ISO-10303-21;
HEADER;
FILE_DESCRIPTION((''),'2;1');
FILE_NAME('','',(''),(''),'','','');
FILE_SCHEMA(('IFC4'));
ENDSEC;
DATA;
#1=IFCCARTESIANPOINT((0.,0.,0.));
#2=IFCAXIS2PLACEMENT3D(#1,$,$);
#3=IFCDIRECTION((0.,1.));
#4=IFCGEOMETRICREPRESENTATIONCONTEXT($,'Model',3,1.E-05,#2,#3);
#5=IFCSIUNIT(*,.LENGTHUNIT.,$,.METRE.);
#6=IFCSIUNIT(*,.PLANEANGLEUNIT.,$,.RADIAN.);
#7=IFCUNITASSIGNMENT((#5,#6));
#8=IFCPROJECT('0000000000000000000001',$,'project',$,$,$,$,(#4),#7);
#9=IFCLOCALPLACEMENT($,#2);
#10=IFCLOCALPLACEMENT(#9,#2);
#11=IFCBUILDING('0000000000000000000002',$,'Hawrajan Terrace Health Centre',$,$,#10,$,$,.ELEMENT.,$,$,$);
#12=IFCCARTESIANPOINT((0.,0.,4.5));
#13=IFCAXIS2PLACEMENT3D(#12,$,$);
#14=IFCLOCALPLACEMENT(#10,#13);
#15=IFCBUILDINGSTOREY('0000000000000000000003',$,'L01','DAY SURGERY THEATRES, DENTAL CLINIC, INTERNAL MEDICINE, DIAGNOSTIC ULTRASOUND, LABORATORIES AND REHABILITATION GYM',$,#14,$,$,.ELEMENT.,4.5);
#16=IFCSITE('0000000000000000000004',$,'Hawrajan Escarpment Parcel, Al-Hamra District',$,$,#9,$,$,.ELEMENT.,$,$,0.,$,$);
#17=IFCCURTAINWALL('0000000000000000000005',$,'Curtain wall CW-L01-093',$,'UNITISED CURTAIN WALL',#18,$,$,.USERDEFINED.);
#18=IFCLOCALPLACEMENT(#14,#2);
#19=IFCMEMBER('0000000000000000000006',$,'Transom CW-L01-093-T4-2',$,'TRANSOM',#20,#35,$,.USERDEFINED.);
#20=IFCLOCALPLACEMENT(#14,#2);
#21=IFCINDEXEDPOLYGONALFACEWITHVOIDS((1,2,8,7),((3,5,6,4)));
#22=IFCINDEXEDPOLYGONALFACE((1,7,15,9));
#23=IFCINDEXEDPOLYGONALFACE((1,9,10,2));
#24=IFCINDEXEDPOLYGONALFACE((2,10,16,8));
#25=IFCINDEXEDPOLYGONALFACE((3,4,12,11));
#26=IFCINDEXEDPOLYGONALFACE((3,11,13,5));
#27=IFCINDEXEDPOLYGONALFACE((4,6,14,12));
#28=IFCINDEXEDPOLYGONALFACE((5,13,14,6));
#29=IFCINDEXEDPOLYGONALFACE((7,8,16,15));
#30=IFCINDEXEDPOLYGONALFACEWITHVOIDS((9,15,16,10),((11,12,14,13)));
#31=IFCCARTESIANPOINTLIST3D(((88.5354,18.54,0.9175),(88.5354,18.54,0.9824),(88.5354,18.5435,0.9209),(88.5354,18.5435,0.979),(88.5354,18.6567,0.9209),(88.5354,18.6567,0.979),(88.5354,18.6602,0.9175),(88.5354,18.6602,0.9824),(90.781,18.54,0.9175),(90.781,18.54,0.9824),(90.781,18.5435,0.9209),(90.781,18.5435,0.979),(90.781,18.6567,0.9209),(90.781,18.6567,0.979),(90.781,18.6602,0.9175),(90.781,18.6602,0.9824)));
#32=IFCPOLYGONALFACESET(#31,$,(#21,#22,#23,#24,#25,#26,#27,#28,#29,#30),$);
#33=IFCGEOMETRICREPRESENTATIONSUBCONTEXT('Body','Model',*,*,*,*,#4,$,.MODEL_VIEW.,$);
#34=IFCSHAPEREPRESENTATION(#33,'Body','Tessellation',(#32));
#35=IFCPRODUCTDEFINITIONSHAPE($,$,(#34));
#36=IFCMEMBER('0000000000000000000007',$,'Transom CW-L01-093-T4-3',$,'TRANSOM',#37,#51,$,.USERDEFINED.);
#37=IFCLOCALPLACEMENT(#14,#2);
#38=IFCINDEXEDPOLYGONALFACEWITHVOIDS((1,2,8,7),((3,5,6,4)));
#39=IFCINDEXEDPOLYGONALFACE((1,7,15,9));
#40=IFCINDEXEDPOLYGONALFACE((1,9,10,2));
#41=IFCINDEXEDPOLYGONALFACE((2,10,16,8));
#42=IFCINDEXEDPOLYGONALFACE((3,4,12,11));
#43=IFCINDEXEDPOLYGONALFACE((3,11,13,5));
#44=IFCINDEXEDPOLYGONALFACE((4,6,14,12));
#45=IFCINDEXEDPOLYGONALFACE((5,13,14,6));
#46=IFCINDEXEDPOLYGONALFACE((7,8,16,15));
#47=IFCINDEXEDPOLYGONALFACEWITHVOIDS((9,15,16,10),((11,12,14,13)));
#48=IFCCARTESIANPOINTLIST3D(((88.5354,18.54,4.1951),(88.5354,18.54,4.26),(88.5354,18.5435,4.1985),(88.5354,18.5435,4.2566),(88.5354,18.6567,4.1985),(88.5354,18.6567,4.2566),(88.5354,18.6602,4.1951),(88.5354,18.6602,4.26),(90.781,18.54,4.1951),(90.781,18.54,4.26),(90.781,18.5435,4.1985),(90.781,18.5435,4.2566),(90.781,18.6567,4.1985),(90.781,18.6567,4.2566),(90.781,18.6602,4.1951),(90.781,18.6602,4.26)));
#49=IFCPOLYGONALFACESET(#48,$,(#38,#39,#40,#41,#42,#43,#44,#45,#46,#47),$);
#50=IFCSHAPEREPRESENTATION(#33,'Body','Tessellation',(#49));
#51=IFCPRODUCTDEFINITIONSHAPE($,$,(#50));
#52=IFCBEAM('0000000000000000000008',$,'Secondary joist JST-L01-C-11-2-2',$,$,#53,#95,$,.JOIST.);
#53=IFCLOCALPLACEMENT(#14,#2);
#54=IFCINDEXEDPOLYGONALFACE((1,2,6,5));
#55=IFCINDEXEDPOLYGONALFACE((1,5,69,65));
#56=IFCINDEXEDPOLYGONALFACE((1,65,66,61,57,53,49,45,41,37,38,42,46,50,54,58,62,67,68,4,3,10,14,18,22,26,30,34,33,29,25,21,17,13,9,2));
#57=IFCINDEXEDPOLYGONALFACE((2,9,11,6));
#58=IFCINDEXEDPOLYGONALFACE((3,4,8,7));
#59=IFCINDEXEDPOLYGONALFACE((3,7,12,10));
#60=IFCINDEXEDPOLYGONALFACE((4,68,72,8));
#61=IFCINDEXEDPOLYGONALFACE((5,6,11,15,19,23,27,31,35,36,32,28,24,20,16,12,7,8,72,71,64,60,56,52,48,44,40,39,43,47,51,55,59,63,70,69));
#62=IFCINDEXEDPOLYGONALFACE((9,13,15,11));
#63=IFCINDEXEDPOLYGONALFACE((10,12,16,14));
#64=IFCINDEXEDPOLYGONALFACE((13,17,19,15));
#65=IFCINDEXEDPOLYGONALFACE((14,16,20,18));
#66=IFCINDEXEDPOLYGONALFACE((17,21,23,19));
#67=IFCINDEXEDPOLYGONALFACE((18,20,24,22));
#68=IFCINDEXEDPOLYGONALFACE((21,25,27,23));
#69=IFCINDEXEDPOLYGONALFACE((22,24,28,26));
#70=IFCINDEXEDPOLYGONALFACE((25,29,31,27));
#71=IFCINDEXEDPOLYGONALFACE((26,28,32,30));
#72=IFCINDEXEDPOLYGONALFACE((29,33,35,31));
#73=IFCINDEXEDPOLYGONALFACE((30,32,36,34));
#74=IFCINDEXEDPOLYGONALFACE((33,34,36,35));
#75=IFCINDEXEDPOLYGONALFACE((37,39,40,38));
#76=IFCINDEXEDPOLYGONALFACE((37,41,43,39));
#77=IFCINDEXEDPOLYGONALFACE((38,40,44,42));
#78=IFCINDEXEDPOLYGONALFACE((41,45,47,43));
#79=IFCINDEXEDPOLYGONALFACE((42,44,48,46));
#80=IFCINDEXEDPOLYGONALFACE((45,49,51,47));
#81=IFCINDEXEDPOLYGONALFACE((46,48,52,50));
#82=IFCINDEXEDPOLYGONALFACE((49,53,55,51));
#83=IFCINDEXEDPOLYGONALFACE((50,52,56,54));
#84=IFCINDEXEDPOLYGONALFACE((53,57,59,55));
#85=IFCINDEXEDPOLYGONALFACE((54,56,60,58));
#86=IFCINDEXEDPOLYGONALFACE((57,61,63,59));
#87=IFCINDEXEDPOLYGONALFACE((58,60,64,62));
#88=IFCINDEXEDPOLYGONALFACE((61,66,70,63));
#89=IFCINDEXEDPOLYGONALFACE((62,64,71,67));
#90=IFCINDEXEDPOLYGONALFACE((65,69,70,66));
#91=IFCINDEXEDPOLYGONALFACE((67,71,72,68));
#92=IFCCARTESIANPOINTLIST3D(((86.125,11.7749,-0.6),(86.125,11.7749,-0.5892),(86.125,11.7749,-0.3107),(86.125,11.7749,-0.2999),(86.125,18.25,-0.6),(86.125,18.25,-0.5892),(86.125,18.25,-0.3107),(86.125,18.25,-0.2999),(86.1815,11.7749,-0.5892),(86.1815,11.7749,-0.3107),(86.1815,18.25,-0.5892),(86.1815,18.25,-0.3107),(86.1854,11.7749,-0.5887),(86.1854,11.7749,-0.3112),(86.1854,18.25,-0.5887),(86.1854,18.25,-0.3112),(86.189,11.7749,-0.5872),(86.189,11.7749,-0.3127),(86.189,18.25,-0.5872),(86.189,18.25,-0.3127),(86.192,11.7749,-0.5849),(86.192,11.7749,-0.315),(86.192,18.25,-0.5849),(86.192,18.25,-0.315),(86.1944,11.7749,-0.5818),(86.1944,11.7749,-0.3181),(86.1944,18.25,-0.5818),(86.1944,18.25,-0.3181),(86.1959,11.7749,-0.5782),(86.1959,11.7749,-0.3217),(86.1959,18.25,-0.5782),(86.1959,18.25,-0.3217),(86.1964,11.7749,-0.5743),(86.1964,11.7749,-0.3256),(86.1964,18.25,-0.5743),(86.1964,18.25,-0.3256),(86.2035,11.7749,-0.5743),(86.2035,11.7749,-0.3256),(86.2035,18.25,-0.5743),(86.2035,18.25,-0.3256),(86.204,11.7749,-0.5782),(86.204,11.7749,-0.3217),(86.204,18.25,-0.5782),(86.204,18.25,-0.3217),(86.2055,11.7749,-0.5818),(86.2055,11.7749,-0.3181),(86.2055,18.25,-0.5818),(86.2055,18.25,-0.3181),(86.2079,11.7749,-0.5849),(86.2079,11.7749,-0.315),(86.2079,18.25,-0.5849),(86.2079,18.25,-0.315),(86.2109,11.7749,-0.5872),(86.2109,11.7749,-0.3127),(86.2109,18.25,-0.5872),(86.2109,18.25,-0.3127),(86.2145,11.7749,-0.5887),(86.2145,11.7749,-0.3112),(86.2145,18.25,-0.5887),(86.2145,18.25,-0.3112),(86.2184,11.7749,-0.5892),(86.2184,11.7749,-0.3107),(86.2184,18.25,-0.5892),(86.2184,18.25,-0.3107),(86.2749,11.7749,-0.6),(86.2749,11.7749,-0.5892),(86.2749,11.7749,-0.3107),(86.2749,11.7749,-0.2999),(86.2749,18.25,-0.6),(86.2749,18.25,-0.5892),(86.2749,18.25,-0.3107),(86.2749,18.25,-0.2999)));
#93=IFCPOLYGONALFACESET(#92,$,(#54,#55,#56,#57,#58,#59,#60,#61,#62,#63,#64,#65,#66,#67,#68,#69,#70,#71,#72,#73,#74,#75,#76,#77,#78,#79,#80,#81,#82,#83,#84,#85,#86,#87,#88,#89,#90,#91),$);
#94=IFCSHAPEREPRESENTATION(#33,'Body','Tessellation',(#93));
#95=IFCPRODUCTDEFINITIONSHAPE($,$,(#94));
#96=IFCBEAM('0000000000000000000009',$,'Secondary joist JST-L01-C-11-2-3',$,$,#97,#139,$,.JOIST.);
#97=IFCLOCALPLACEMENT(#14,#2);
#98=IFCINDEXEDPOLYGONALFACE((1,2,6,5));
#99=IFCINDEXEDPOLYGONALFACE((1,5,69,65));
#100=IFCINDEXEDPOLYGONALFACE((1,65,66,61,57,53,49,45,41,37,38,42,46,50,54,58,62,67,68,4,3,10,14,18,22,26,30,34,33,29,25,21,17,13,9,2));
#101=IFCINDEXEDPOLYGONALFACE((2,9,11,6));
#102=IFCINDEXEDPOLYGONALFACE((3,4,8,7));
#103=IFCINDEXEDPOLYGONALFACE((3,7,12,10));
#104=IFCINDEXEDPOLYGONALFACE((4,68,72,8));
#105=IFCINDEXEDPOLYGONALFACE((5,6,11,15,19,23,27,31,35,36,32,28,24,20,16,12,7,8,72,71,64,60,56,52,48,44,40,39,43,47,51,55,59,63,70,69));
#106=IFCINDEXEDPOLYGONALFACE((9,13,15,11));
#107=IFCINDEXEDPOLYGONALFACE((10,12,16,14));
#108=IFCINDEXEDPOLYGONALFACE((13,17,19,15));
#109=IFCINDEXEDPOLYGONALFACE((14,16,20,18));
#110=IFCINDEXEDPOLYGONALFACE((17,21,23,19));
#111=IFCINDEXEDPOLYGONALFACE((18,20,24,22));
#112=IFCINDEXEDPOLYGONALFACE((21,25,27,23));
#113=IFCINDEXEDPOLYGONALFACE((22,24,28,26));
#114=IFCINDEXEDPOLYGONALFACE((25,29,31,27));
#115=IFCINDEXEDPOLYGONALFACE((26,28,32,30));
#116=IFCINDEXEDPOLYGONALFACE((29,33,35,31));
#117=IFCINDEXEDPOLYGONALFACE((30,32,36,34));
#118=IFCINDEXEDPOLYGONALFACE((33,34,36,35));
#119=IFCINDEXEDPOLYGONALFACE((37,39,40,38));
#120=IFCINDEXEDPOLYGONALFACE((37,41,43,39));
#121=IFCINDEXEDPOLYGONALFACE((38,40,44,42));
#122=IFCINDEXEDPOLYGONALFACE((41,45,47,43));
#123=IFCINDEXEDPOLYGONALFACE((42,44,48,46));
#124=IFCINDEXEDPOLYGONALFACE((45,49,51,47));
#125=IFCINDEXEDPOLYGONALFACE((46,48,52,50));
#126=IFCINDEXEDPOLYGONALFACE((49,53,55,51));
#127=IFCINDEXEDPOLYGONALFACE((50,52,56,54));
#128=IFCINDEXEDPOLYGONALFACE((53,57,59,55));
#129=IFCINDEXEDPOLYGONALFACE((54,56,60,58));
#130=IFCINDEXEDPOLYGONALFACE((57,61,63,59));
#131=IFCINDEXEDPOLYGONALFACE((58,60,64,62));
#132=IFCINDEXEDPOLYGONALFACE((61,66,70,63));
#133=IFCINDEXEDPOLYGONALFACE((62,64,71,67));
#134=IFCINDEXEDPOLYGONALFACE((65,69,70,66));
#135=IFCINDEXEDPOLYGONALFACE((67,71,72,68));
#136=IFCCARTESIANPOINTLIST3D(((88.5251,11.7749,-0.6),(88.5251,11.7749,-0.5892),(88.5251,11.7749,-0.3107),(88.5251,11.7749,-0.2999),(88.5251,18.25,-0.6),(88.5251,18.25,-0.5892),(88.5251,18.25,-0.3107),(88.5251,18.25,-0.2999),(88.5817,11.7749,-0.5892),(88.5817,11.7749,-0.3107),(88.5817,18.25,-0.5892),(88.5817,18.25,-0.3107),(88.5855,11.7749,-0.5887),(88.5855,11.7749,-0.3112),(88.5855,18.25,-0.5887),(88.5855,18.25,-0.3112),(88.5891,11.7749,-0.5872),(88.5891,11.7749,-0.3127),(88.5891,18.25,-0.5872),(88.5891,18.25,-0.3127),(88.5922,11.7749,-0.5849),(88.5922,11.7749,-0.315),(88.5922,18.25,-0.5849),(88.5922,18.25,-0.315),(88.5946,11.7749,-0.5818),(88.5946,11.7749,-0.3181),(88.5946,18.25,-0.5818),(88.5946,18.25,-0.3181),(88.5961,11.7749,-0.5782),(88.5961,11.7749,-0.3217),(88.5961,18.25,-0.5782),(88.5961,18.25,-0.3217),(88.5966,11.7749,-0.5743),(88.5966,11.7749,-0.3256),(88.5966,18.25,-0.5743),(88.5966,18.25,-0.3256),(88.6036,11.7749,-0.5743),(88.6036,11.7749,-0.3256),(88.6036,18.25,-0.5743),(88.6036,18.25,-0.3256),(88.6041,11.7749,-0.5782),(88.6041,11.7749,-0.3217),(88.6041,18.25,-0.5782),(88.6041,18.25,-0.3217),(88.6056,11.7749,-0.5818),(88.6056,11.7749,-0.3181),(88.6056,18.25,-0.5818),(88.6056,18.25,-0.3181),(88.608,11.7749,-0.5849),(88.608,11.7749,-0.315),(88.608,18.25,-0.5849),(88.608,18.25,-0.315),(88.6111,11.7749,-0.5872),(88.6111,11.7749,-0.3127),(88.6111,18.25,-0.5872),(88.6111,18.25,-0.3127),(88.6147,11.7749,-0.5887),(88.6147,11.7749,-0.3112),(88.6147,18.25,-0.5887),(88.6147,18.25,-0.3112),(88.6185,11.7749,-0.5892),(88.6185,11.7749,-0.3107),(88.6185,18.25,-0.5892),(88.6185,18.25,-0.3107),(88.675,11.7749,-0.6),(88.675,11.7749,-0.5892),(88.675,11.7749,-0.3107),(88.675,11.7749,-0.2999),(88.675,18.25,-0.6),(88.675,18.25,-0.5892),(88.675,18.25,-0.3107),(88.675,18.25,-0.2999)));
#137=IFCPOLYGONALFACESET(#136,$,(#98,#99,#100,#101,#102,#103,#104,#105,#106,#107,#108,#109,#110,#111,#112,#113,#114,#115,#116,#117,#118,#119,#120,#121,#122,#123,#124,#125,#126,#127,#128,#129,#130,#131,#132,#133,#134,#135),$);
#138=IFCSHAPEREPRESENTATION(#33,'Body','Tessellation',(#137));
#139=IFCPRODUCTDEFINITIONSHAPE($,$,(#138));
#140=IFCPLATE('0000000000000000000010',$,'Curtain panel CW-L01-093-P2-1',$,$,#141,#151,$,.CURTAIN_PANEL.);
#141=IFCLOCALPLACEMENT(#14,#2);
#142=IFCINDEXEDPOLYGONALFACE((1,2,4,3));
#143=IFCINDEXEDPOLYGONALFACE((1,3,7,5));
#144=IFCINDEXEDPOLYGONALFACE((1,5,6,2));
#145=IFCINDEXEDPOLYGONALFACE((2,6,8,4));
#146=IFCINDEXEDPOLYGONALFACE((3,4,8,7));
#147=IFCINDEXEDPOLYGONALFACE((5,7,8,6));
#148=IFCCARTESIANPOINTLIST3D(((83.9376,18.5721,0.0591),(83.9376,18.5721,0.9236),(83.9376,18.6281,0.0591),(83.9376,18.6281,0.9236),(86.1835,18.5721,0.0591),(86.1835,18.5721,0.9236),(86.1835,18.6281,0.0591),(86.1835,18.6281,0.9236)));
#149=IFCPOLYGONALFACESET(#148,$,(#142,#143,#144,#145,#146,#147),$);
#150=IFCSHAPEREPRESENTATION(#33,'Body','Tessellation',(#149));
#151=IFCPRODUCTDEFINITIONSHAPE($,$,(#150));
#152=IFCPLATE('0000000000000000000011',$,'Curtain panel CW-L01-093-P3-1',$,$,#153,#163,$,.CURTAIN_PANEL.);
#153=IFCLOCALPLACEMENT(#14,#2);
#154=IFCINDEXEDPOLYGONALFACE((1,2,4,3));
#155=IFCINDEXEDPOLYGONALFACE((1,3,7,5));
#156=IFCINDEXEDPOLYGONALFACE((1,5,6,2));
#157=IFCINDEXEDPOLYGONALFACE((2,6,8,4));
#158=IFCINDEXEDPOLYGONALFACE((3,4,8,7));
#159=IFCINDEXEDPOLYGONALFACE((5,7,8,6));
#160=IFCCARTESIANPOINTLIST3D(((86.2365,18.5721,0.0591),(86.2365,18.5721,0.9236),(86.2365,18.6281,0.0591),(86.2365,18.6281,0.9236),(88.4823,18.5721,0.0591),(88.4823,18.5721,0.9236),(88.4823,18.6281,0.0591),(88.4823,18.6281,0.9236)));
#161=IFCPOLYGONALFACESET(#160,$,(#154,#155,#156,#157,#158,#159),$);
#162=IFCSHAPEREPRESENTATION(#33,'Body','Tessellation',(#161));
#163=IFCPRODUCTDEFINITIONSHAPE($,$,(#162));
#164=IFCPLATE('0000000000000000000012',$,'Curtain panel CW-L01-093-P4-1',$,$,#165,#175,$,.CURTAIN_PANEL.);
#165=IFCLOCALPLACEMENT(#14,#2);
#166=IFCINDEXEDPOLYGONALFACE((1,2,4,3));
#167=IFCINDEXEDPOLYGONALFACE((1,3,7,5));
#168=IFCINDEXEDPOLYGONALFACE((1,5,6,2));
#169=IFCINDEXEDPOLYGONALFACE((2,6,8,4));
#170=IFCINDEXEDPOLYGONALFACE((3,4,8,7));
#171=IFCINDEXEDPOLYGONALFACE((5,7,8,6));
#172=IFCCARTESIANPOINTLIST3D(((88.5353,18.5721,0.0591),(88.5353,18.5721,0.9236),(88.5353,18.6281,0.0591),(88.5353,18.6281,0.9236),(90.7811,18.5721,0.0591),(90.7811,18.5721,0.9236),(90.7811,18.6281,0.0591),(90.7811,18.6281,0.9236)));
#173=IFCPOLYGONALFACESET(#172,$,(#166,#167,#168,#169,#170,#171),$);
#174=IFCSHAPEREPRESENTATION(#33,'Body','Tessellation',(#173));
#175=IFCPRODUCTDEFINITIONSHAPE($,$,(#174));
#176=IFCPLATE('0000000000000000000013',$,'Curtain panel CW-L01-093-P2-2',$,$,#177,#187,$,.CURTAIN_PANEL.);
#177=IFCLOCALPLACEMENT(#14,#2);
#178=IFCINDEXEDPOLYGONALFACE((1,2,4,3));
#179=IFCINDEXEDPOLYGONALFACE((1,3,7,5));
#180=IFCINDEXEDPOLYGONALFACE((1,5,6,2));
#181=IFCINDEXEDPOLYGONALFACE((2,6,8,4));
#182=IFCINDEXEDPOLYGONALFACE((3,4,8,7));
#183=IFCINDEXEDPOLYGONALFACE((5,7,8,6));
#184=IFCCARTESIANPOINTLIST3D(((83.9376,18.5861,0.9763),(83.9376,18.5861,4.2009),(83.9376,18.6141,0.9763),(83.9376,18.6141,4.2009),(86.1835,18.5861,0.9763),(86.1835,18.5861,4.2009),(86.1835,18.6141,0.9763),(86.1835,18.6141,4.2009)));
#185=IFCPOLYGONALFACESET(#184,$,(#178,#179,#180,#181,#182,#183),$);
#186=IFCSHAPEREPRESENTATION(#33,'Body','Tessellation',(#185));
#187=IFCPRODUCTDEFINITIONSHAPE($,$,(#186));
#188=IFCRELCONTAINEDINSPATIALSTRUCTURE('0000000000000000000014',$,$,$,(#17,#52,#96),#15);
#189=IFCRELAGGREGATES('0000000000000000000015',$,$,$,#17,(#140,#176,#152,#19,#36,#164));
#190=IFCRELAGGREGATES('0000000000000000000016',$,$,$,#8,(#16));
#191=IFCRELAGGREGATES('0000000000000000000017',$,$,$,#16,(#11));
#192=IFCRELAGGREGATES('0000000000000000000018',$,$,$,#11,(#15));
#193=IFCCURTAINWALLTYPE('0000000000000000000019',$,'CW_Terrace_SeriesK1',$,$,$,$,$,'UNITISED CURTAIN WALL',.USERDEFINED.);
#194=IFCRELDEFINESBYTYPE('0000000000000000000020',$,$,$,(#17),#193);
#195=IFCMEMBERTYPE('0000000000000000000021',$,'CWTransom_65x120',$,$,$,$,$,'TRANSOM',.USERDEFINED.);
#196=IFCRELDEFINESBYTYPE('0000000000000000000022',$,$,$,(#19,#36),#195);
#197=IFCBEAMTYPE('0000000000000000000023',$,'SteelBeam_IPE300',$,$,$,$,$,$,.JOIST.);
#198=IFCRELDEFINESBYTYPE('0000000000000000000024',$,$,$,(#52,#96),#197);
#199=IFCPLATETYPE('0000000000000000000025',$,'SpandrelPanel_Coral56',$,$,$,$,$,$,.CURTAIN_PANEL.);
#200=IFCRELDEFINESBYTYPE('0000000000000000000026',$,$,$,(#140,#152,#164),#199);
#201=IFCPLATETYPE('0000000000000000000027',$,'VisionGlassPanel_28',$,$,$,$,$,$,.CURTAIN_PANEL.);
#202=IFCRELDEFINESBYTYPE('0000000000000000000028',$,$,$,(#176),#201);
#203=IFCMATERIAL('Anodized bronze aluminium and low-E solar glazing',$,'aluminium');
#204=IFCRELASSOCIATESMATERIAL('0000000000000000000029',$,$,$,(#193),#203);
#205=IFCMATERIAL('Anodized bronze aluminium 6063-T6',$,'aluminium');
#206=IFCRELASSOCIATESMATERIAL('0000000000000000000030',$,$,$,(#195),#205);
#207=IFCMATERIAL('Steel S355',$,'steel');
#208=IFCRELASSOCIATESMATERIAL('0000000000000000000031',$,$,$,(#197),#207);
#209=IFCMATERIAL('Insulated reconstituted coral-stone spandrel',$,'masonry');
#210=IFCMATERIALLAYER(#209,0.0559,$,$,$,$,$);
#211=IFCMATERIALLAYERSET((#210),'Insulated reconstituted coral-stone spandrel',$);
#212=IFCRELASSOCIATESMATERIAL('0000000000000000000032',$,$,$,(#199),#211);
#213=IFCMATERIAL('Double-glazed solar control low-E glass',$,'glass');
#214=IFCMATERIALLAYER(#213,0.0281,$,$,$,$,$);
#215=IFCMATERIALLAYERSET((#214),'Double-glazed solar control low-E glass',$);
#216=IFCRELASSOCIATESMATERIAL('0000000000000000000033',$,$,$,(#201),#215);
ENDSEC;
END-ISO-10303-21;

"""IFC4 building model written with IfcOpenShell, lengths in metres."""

from ifc_helpers import new_model, si_unit, direction, frame, origin, origin_2d, place, context, subcontext, project, spatial, rectangle, hollow_rectangle, i_section, extrude, material, layer, layer_set, material_profile, profile_set, type_object, element, aggregate, save


model = new_model("IFC4")

# Units and contexts
model_context = context("Model", 3, precision=1e-05, world=origin(), true_north=direction((0.0, 1.0)))
body_context = subcontext(model_context, "Body", "Model", "MODEL_VIEW")
ifc_project = project(units=[si_unit("LENGTHUNIT", "METRE"), si_unit("PLANEANGLEUNIT", "RADIAN")], contexts=[model_context])

# Site, building, storey
site_placement = place(None, origin())
site = spatial("IfcSite", under=ifc_project, at=site_placement, Name="Hawrajan Escarpment Parcel, Al-Hamra District", CompositionType="ELEMENT", RefElevation=0.0)
building_placement = place(site_placement, origin())
building = spatial("IfcBuilding", under=site, at=building_placement, Name="Hawrajan Terrace Health Centre", CompositionType="ELEMENT")
storey_placement = place(building_placement, frame((0.0, 0.0, 4.5)))
storey = spatial("IfcBuildingStorey", under=building, at=storey_placement, Name="L01", Description="DAY SURGERY THEATRES, DENTAL CLINIC, INTERNAL MEDICINE, DIAGNOSTIC ULTRASOUND, LABORATORIES AND REHABILITATION GYM", CompositionType="ELEMENT", Elevation=4.5)

# Curtain wall, members
ifc_material_1 = material(Name="Anodized bronze aluminium and low-E solar glazing", Category="aluminium")
curtain_wall_type = type_object("IfcCurtainWallType", Name="CW_Terrace_SeriesK1", ElementType="UNITISED CURTAIN WALL", PredefinedType="USERDEFINED", material=ifc_material_1)
curtain_wall_placement = place(storey_placement, origin())
curtain_wall = element("IfcCurtainWall", 1, at=curtain_wall_placement, inside=storey, type_object=curtain_wall_type, Name="Curtain wall CW-L01-093", ObjectType="UNITISED CURTAIN WALL", PredefinedType="USERDEFINED")
ifc_material_2 = material(Name="Anodized bronze aluminium 6063-T6", Category="aluminium")
ifc_material_profile_1 = material_profile(ifc_material_2, hollow_rectangle(XDim=0.0649, YDim=0.1201, WallThickness=0.0034, at=origin_2d()), Name="CW TRN 65x120")
ifc_profile_set_1 = profile_set([ifc_material_profile_1], Name="Anodized bronze aluminium 6063-T6")
member_type_1 = type_object("IfcMemberType", Name="CWTransom_65x120", ElementType="TRANSOM", PredefinedType="USERDEFINED", material=ifc_profile_set_1)
member_1_placement = place(storey_placement, frame((88.5354, 18.6001, 0.95), z_axis=(1.0, 0.0, 0.0), x_axis=(0.0, 0.0, 1.0)))
member_1 = element("IfcMember", 2, at=member_1_placement, type_object=member_type_1, Name="Transom CW-L01-093-T4-2", ObjectType="TRANSOM", PredefinedType="USERDEFINED", context=body_context, shape_type="SweptSolid", body=[
    extrude(hollow_rectangle(XDim=0.0649, YDim=0.1201, WallThickness=0.0034, at=origin_2d()), origin(), (0.0, 0.0, 1.0), 2.2456),
])
member_2_placement = place(storey_placement, frame((88.5354, 18.6001, 4.2275), z_axis=(1.0, 0.0, 0.0), x_axis=(0.0, 0.0, 1.0)))
member_2 = element("IfcMember", 3, at=member_2_placement, type_object=member_type_1, Name="Transom CW-L01-093-T4-3", ObjectType="TRANSOM", PredefinedType="USERDEFINED", context=body_context, shape_type="SweptSolid", body=[
    extrude(hollow_rectangle(XDim=0.0649, YDim=0.1201, WallThickness=0.0034, at=origin_2d()), origin(), (0.0, 0.0, 1.0), 2.2456),
])

# Beams
ifc_material_3 = material(Name="Steel S355", Category="steel")
ifc_material_profile_2 = material_profile(ifc_material_3, i_section(OverallWidth=0.1499, OverallDepth=0.3, WebThickness=0.0071, FlangeThickness=0.0107, FilletRadius=0.0149, at=origin_2d()), Name="IPE 300")
ifc_profile_set_2 = profile_set([ifc_material_profile_2], Name="Steel S355")
beam_type = type_object("IfcBeamType", Name="SteelBeam_IPE300", PredefinedType="JOIST", material=ifc_profile_set_2)
for number, where, z_axis, x_axis, name in (
    (4, (86.2, 11.7749, -0.45), (0.0, 1.0, 0.0), (-1.0, 0.0, 0.0), "Secondary joist JST-L01-C-11-2-2"),
    (5, (88.6001, 11.7749, -0.45), (0.0, 1.0, 0.0), (-1.0, 0.0, 0.0), "Secondary joist JST-L01-C-11-2-3"),
):
    element("IfcBeam", number, at=place(storey_placement, frame(where, z_axis=z_axis, x_axis=x_axis)), inside=storey, type_object=beam_type, Name=name, PredefinedType="JOIST", context=body_context, shape_type="SweptSolid", body=[
        extrude(i_section(OverallWidth=0.1499, OverallDepth=0.3, WebThickness=0.0071, FlangeThickness=0.0107, FilletRadius=0.0149, at=origin_2d()), origin(), (0.0, 0.0, 1.0), 6.4751),
    ])

# Plates
ifc_material_4 = material(Name="Insulated reconstituted coral-stone spandrel", Category="masonry")
ifc_layer_1 = layer(ifc_material_4, 0.0559)
ifc_layer_set_1 = layer_set([ifc_layer_1], Name="Insulated reconstituted coral-stone spandrel")
plate_type_1 = type_object("IfcPlateType", Name="SpandrelPanel_Coral56", PredefinedType="CURTAIN_PANEL", material=ifc_layer_set_1)
plate_1_placement = place(storey_placement, frame((85.0605, 18.6001, 0.0591), z_axis=(0.0, 0.0, 1.0), x_axis=(1.0, 0.0, 0.0)))
plate_1 = element("IfcPlate", 6, at=plate_1_placement, type_object=plate_type_1, Name="Curtain panel CW-L01-093-P2-1", PredefinedType="CURTAIN_PANEL", context=body_context, shape_type="SweptSolid", body=[
    extrude(rectangle(XDim=2.2458, YDim=0.0559, at=origin_2d()), origin(), (0.0, 0.0, 1.0), 0.8645),
])
plate_2_placement = place(storey_placement, frame((87.3594, 18.6001, 0.0591), z_axis=(0.0, 0.0, 1.0), x_axis=(1.0, 0.0, 0.0)))
plate_2 = element("IfcPlate", 7, at=plate_2_placement, type_object=plate_type_1, Name="Curtain panel CW-L01-093-P3-1", PredefinedType="CURTAIN_PANEL", context=body_context, shape_type="SweptSolid", body=[
    extrude(rectangle(XDim=2.2458, YDim=0.0559, at=origin_2d()), origin(), (0.0, 0.0, 1.0), 0.8645),
])
plate_3_placement = place(storey_placement, frame((89.6582, 18.6001, 0.0591), z_axis=(0.0, 0.0, 1.0), x_axis=(1.0, 0.0, 0.0)))
plate_3 = element("IfcPlate", 8, at=plate_3_placement, type_object=plate_type_1, Name="Curtain panel CW-L01-093-P4-1", PredefinedType="CURTAIN_PANEL", context=body_context, shape_type="SweptSolid", body=[
    extrude(rectangle(XDim=2.2458, YDim=0.0559, at=origin_2d()), origin(), (0.0, 0.0, 1.0), 0.8645),
])
ifc_material_5 = material(Name="Double-glazed solar control low-E glass", Category="glass")
ifc_layer_2 = layer(ifc_material_5, 0.0281)
ifc_layer_set_2 = layer_set([ifc_layer_2], Name="Double-glazed solar control low-E glass")
plate_type_2 = type_object("IfcPlateType", Name="VisionGlassPanel_28", PredefinedType="CURTAIN_PANEL", material=ifc_layer_set_2)
plate_4_placement = place(storey_placement, frame((85.0605, 18.6001, 0.9763), z_axis=(0.0, 0.0, 1.0), x_axis=(1.0, 0.0, 0.0)))
plate_4 = element("IfcPlate", 9, at=plate_4_placement, type_object=plate_type_2, Name="Curtain panel CW-L01-093-P2-2", PredefinedType="CURTAIN_PANEL", context=body_context, shape_type="SweptSolid", body=[
    extrude(rectangle(XDim=2.2458, YDim=0.0281, at=origin_2d()), origin(), (0.0, 0.0, 1.0), 3.2246),
])
aggregate(curtain_wall, [plate_1, plate_4, plate_2, member_1, member_2, plate_3])

save(model, "model.ifc")
